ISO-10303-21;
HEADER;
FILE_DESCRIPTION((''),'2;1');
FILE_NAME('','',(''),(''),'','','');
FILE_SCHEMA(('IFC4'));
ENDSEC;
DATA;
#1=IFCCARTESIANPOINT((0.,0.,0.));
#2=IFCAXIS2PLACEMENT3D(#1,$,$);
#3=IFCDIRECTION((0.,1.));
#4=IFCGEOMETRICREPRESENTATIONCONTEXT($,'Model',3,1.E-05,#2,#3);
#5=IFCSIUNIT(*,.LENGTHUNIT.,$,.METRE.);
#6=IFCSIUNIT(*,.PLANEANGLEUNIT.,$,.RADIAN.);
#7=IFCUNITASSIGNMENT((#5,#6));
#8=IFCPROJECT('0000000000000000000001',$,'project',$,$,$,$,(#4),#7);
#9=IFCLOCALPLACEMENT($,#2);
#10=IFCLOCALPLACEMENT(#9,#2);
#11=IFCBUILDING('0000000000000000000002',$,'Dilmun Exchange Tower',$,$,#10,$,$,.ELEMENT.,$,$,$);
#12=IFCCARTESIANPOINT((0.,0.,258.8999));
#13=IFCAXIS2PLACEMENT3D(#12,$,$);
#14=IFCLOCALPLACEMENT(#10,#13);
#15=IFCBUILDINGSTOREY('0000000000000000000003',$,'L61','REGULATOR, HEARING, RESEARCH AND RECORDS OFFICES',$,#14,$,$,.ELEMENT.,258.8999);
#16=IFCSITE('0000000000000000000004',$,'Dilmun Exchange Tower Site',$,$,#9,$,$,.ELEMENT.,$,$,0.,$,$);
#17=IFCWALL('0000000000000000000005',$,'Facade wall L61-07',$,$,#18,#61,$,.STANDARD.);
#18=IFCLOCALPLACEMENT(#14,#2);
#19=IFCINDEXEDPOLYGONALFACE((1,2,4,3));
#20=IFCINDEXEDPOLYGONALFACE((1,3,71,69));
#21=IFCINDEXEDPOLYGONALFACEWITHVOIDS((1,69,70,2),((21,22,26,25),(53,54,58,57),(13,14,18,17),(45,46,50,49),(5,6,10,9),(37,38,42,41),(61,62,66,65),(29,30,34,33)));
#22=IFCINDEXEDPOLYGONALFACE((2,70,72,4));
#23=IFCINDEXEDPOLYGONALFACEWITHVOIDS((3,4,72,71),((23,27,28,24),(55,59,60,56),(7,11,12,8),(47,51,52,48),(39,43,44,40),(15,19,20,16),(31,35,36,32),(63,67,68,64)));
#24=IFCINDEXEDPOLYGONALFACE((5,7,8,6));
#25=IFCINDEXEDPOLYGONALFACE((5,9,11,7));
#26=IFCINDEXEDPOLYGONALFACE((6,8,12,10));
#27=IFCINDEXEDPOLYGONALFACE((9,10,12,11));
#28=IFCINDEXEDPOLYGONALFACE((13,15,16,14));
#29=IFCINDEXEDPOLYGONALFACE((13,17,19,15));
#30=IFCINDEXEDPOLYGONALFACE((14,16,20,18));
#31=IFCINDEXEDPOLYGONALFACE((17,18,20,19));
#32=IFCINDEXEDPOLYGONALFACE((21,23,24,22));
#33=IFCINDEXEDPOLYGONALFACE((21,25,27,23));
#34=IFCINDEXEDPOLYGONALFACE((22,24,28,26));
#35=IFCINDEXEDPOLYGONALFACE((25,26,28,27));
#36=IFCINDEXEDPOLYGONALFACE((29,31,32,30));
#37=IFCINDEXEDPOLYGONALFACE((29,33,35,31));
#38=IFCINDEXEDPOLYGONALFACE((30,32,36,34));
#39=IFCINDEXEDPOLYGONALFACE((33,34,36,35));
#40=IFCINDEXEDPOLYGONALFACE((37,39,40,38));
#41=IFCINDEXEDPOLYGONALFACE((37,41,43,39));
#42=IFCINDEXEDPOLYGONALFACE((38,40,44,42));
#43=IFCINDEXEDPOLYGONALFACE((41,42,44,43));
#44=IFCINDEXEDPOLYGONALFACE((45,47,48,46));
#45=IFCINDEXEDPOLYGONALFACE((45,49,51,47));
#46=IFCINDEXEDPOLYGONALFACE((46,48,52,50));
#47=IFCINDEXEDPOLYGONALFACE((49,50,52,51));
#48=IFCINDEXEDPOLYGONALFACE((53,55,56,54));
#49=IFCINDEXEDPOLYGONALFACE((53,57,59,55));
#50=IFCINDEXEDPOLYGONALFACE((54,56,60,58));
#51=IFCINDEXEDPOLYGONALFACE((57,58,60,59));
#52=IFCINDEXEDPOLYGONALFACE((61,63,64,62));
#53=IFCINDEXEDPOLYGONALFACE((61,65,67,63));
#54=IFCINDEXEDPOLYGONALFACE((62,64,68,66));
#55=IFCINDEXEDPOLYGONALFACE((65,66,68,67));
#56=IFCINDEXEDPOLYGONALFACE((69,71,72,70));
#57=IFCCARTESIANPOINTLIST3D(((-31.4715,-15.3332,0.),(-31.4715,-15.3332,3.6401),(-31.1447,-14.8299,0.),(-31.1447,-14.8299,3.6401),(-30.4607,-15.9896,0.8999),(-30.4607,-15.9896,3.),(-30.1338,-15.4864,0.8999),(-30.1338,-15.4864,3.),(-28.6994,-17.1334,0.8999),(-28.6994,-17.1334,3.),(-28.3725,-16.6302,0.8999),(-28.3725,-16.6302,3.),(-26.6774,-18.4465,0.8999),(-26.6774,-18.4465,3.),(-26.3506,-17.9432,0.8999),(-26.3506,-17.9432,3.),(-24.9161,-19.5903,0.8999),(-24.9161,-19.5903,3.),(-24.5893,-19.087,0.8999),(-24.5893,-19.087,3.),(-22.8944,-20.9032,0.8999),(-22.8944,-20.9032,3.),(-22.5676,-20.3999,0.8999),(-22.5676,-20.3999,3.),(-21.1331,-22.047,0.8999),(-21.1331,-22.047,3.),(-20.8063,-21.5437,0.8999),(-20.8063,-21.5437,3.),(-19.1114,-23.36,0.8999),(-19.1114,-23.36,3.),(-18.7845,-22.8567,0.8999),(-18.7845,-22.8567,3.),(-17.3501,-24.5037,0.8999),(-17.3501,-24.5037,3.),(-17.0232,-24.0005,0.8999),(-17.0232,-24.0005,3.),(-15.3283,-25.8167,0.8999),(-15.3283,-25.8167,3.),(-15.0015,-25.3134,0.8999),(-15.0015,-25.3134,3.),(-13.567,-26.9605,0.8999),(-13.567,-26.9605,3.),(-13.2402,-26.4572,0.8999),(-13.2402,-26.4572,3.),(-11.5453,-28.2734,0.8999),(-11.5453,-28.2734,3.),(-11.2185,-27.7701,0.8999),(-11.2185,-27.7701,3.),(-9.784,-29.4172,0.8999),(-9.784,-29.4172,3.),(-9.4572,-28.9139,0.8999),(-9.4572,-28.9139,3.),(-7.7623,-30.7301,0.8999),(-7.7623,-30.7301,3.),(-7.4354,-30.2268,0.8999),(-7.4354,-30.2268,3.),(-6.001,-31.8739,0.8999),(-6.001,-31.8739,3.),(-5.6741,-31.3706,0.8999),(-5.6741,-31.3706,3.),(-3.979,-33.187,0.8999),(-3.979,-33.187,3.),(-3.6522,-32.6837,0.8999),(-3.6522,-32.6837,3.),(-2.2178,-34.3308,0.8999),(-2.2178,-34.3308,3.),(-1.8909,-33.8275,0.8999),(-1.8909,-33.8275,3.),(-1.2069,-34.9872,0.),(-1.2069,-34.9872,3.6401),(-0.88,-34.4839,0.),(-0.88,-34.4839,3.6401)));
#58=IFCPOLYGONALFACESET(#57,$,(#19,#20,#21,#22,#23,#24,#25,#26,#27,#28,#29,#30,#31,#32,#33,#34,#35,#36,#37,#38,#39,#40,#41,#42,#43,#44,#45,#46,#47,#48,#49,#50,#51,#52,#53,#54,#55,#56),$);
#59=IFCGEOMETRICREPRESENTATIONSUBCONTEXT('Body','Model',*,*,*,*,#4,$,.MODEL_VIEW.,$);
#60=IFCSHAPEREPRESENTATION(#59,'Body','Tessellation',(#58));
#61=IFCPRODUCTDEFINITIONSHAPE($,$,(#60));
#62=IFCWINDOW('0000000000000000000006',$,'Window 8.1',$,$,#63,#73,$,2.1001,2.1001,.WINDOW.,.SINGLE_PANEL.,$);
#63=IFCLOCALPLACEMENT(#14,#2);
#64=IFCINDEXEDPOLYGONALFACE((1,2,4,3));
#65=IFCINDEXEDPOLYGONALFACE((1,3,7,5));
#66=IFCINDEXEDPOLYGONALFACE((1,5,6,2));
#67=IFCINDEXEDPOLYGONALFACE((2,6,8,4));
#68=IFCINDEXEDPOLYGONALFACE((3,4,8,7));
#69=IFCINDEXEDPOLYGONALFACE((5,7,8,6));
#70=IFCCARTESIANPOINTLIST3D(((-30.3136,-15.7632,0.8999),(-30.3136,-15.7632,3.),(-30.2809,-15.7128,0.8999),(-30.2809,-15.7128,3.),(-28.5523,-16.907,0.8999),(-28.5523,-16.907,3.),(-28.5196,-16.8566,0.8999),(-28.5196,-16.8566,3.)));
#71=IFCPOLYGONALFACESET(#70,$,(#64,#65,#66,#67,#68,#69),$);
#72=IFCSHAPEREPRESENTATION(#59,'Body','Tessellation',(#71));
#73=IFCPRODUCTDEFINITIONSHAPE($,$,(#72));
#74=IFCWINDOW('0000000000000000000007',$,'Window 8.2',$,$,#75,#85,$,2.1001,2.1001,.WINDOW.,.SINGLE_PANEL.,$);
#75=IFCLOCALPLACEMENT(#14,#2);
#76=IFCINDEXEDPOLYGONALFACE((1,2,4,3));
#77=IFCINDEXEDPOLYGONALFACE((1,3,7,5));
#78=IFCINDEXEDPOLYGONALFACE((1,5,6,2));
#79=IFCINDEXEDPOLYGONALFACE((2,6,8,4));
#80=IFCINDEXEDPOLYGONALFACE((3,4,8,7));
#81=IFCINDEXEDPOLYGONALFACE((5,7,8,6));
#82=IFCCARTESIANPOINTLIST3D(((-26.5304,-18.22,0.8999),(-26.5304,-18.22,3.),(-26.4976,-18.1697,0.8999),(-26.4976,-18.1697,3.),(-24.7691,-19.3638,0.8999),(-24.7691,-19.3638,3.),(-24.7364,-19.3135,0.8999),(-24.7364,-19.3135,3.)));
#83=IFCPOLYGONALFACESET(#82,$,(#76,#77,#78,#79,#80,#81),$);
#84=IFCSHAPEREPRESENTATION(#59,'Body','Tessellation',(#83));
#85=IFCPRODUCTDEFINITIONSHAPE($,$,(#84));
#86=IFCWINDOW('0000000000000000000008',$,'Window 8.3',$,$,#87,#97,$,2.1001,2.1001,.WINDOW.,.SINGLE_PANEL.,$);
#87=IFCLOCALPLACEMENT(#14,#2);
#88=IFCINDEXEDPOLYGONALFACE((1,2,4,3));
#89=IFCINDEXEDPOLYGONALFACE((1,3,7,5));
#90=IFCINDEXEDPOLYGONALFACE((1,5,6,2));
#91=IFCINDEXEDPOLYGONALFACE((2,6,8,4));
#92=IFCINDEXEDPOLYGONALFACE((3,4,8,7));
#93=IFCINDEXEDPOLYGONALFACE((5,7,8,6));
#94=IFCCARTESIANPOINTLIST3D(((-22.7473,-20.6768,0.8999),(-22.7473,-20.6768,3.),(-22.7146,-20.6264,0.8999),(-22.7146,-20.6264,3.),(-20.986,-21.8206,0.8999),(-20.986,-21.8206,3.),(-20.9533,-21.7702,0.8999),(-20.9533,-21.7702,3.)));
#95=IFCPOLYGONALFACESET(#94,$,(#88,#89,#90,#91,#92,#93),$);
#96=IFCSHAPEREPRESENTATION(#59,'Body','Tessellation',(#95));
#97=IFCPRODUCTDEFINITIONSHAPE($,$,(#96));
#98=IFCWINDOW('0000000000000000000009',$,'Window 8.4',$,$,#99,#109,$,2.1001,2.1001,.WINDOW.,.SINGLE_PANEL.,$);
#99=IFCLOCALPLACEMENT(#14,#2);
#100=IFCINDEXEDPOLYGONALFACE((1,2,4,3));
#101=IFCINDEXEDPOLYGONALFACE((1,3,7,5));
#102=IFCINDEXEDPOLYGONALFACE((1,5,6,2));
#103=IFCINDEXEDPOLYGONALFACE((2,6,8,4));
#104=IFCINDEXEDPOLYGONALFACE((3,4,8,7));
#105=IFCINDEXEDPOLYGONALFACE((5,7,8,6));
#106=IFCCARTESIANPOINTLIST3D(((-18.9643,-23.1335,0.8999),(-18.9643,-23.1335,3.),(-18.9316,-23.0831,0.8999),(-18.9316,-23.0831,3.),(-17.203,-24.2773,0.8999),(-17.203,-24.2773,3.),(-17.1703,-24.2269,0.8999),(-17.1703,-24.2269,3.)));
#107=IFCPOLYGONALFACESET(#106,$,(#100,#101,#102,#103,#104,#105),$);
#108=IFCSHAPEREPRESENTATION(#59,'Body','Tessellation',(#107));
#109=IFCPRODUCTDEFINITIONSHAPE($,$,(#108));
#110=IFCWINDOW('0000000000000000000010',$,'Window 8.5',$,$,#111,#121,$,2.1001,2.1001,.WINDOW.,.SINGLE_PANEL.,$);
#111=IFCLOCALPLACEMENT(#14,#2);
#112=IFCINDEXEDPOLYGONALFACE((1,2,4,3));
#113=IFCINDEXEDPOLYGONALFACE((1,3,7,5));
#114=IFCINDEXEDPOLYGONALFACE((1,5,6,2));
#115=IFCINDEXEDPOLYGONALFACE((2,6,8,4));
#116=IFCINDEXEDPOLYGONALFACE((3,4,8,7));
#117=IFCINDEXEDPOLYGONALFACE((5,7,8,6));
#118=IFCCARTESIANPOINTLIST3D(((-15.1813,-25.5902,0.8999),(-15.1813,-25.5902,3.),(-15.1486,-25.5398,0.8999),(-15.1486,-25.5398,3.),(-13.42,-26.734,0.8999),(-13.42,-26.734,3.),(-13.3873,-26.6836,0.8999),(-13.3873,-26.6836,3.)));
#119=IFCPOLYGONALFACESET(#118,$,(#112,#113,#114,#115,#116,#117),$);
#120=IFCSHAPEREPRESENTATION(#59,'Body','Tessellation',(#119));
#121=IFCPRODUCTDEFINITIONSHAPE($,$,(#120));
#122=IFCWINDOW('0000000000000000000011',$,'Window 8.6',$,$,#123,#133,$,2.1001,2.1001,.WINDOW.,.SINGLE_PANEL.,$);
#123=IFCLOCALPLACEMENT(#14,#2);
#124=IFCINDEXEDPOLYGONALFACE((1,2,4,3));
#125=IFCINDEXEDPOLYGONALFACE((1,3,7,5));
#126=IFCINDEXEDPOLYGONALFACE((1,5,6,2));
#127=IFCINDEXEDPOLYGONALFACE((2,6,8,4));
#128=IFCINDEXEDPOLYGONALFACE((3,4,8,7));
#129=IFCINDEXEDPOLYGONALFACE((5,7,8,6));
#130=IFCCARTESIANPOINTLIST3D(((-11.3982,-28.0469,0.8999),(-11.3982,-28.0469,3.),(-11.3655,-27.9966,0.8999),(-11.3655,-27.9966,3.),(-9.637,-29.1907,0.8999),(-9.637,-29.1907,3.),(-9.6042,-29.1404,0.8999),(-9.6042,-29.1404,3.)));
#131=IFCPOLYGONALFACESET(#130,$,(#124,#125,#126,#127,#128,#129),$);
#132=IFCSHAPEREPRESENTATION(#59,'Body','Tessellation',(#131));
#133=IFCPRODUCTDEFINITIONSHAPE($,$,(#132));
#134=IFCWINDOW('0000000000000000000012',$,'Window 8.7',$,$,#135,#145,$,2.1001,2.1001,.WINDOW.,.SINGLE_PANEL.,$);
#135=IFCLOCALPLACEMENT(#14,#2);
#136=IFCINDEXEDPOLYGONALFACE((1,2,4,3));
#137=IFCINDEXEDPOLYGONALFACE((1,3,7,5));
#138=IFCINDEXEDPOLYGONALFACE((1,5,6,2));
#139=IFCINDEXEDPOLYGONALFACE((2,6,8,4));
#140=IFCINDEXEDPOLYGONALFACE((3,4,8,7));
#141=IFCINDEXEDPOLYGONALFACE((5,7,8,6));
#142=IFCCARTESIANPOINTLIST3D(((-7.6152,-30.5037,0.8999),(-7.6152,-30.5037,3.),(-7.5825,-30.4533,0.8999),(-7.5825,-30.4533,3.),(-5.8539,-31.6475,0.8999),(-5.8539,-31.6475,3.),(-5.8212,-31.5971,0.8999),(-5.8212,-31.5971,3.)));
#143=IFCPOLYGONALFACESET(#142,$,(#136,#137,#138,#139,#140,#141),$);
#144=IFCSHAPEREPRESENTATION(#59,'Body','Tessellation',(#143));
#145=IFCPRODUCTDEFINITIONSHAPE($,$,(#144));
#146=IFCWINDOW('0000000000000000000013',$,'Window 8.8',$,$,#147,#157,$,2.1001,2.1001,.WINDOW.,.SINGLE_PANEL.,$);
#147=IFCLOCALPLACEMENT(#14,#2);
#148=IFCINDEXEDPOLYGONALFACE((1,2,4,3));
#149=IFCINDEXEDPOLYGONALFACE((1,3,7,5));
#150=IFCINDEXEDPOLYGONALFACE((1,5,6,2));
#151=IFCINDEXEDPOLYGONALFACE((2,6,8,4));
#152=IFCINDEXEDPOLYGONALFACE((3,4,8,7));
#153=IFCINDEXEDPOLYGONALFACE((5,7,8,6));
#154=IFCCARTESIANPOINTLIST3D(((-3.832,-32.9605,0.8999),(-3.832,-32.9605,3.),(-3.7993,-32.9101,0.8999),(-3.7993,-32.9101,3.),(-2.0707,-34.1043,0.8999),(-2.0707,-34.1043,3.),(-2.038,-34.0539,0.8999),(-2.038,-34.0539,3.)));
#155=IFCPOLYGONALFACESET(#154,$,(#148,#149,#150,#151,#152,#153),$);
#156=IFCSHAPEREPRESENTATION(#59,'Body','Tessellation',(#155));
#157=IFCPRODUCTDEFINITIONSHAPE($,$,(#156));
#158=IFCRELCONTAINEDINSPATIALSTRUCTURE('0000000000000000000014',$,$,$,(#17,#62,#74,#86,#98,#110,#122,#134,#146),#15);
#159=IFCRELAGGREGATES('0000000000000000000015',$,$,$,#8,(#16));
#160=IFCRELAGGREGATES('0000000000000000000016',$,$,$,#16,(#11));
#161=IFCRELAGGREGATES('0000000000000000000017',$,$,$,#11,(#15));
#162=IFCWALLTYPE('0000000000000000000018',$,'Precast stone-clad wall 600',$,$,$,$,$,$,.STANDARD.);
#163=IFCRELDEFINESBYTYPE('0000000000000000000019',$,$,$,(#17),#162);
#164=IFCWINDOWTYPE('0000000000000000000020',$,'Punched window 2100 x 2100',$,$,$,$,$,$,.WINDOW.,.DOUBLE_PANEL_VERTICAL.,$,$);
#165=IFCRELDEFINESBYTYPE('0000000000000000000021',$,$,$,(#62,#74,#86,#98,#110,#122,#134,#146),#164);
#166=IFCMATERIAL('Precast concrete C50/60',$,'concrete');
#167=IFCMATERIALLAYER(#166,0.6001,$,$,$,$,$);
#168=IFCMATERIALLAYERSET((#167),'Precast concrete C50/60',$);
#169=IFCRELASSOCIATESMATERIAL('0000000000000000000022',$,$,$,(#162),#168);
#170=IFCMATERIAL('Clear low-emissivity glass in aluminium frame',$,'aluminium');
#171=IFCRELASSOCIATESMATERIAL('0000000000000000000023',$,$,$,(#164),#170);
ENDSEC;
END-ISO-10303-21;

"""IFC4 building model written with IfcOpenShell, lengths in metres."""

from ifc_helpers import new_model, si_unit, direction, frame, frame_2d, origin, place, context, subcontext, project, spatial, rectangle, extrude, material, layer, layer_set, type_object, element, fill, save


model = new_model("IFC4")

# Units and contexts
model_context = context("Model", 3, precision=1e-05, world=origin(), true_north=direction((0.0, 1.0)))
body_context = subcontext(model_context, "Body", "Model", "MODEL_VIEW")
ifc_project = project(units=[si_unit("LENGTHUNIT", "METRE"), si_unit("PLANEANGLEUNIT", "RADIAN")], contexts=[model_context])

# Site, building, storey
site_placement = place(None, origin())
site = spatial("IfcSite", under=ifc_project, at=site_placement, Name="Dilmun Exchange Tower Site", CompositionType="ELEMENT", RefElevation=0.0)
building_placement = place(site_placement, origin())
building = spatial("IfcBuilding", under=site, at=building_placement, Name="Dilmun Exchange Tower", CompositionType="ELEMENT")
storey_placement = place(building_placement, frame((0.0, 0.0, 258.8999)))
storey = spatial("IfcBuildingStorey", under=building, at=storey_placement, Name="L61", Description="REGULATOR, HEARING, RESEARCH AND RECORDS OFFICES", CompositionType="ELEMENT", Elevation=258.8999)

# Shared definitions
ifc_material_1 = material(Name="Precast concrete C50/60", Category="concrete")
ifc_layer_1 = layer(ifc_material_1, 0.6001)
ifc_layer_set_1 = layer_set([ifc_layer_1], Name="Precast concrete C50/60")
wall_type_1 = type_object("IfcWallType", Name="Precast stone-clad wall 600", PredefinedType="STANDARD", material=ifc_layer_set_1)
ifc_material_2 = material(Name="Clear low-emissivity glass in aluminium frame", Category="aluminium")

# Wall, openings, windows
wall_1_placement = place(storey_placement, frame((-31.3081, -15.0815, 0.0), z_axis=(0.0, 0.0, 1.0), x_axis=(0.838671, -0.544638, 0.0)))
wall_1 = element("IfcWall", 1, at=wall_1_placement, inside=storey, type_object=wall_type_1, Name="Facade wall L61-07", PredefinedType="STANDARD", context=body_context, shape_type="SweptSolid", body=[
    extrude(rectangle(XDim=36.0864, YDim=0.6001, at=frame_2d((18.0432, 0.0))), origin(), (0.0, 0.0, 1.0), 3.6401),
])
opening_1_placement = place(wall_1_placement, frame((1.2053, 0.0, 0.8999)))
opening_1 = element("IfcOpeningElement", 2, at=opening_1_placement, cuts=wall_1, PredefinedType="OPENING", context=body_context, shape_type="SweptSolid", body=[
    extrude(rectangle(XDim=2.1001, YDim=2.1001, at=frame_2d((1.05, 1.05))), frame((0.0, 0.3101, 0.0), z_axis=(0.0, -1.0, 0.0), x_axis=(1.0, 0.0, 0.0)), (0.0, 0.0, 1.0), 0.6201),
])
opening_2_placement = place(wall_1_placement, frame((5.7163, 0.0, 0.8999)))
opening_2 = element("IfcOpeningElement", 3, at=opening_2_placement, cuts=wall_1, PredefinedType="OPENING", context=body_context, shape_type="SweptSolid", body=[
    extrude(rectangle(XDim=2.1001, YDim=2.1001, at=frame_2d((1.05, 1.05))), frame((0.0, 0.3101, 0.0), z_axis=(0.0, -1.0, 0.0), x_axis=(1.0, 0.0, 0.0)), (0.0, 0.0, 1.0), 0.6201),
])
opening_3_placement = place(wall_1_placement, frame((10.2271, 0.0, 0.8999)))
opening_3 = element("IfcOpeningElement", 4, at=opening_3_placement, cuts=wall_1, PredefinedType="OPENING", context=body_context, shape_type="SweptSolid", body=[
    extrude(rectangle(XDim=2.1001, YDim=2.1001, at=frame_2d((1.05, 1.05))), frame((0.0, 0.3101, 0.0), z_axis=(0.0, -1.0, 0.0), x_axis=(1.0, 0.0, 0.0)), (0.0, 0.0, 1.0), 0.6201),
])
opening_4_placement = place(wall_1_placement, frame((14.7378, 0.0, 0.8999)))
opening_4 = element("IfcOpeningElement", 5, at=opening_4_placement, cuts=wall_1, PredefinedType="OPENING", context=body_context, shape_type="SweptSolid", body=[
    extrude(rectangle(XDim=2.1001, YDim=2.1001, at=frame_2d((1.05, 1.05))), frame((0.0, 0.3101, 0.0), z_axis=(0.0, -1.0, 0.0), x_axis=(1.0, 0.0, 0.0)), (0.0, 0.0, 1.0), 0.6201),
])
opening_5_placement = place(wall_1_placement, frame((19.2485, 0.0, 0.8999)))
opening_5 = element("IfcOpeningElement", 6, at=opening_5_placement, cuts=wall_1, PredefinedType="OPENING", context=body_context, shape_type="SweptSolid", body=[
    extrude(rectangle(XDim=2.1001, YDim=2.1001, at=frame_2d((1.05, 1.05))), frame((0.0, 0.3101, 0.0), z_axis=(0.0, -1.0, 0.0), x_axis=(1.0, 0.0, 0.0)), (0.0, 0.0, 1.0), 0.6201),
])
opening_6_placement = place(wall_1_placement, frame((23.7593, 0.0, 0.8999)))
opening_6 = element("IfcOpeningElement", 7, at=opening_6_placement, cuts=wall_1, PredefinedType="OPENING", context=body_context, shape_type="SweptSolid", body=[
    extrude(rectangle(XDim=2.1001, YDim=2.1001, at=frame_2d((1.05, 1.05))), frame((0.0, 0.3101, 0.0), z_axis=(0.0, -1.0, 0.0), x_axis=(1.0, 0.0, 0.0)), (0.0, 0.0, 1.0), 0.6201),
])
opening_7_placement = place(wall_1_placement, frame((28.27, 0.0, 0.8999)))
opening_7 = element("IfcOpeningElement", 8, at=opening_7_placement, cuts=wall_1, PredefinedType="OPENING", context=body_context, shape_type="SweptSolid", body=[
    extrude(rectangle(XDim=2.1001, YDim=2.1001, at=frame_2d((1.05, 1.05))), frame((0.0, 0.3101, 0.0), z_axis=(0.0, -1.0, 0.0), x_axis=(1.0, 0.0, 0.0)), (0.0, 0.0, 1.0), 0.6201),
])
opening_8_placement = place(wall_1_placement, frame((32.781, 0.0, 0.8999)))
opening_8 = element("IfcOpeningElement", 9, at=opening_8_placement, cuts=wall_1, PredefinedType="OPENING", context=body_context, shape_type="SweptSolid", body=[
    extrude(rectangle(XDim=2.1001, YDim=2.1001, at=frame_2d((1.05, 1.05))), frame((0.0, 0.3101, 0.0), z_axis=(0.0, -1.0, 0.0), x_axis=(1.0, 0.0, 0.0)), (0.0, 0.0, 1.0), 0.6201),
])
window_type_1 = type_object("IfcWindowType", Name="Punched window 2100 x 2100", PartitioningType="DOUBLE_PANEL_VERTICAL", PredefinedType="WINDOW", material=ifc_material_2)
window_1_placement = place(opening_1_placement, origin())
window_1 = element("IfcWindow", 10, at=window_1_placement, inside=storey, type_object=window_type_1, Name="Window 8.1", OverallHeight=2.1001, OverallWidth=2.1001, PartitioningType="SINGLE_PANEL", PredefinedType="WINDOW", context=body_context, shape_type="SweptSolid", body=[
    extrude(rectangle(XDim=2.1001, YDim=2.1001, at=frame_2d((1.05, 1.05))), frame((0.0, 0.03, 0.0), z_axis=(0.0, -1.0, 0.0), x_axis=(1.0, 0.0, 0.0)), (0.0, 0.0, 1.0), 0.0601),
])
fill(opening_1, window_1)
window_2_placement = place(opening_2_placement, origin())
window_2 = element("IfcWindow", 11, at=window_2_placement, inside=storey, type_object=window_type_1, Name="Window 8.2", OverallHeight=2.1001, OverallWidth=2.1001, PartitioningType="SINGLE_PANEL", PredefinedType="WINDOW", context=body_context, shape_type="SweptSolid", body=[
    extrude(rectangle(XDim=2.1001, YDim=2.1001, at=frame_2d((1.05, 1.05))), frame((0.0, 0.03, 0.0), z_axis=(0.0, -1.0, 0.0), x_axis=(1.0, 0.0, 0.0)), (0.0, 0.0, 1.0), 0.0601),
])
fill(opening_2, window_2)
window_3_placement = place(opening_3_placement, origin())
window_3 = element("IfcWindow", 12, at=window_3_placement, inside=storey, type_object=window_type_1, Name="Window 8.3", OverallHeight=2.1001, OverallWidth=2.1001, PartitioningType="SINGLE_PANEL", PredefinedType="WINDOW", context=body_context, shape_type="SweptSolid", body=[
    extrude(rectangle(XDim=2.1001, YDim=2.1001, at=frame_2d((1.05, 1.05))), frame((0.0, 0.03, 0.0), z_axis=(0.0, -1.0, 0.0), x_axis=(1.0, 0.0, 0.0)), (0.0, 0.0, 1.0), 0.0601),
])
fill(opening_3, window_3)
window_4_placement = place(opening_4_placement, origin())
window_4 = element("IfcWindow", 13, at=window_4_placement, inside=storey, type_object=window_type_1, Name="Window 8.4", OverallHeight=2.1001, OverallWidth=2.1001, PartitioningType="SINGLE_PANEL", PredefinedType="WINDOW", context=body_context, shape_type="SweptSolid", body=[
    extrude(rectangle(XDim=2.1001, YDim=2.1001, at=frame_2d((1.05, 1.05))), frame((0.0, 0.03, 0.0), z_axis=(0.0, -1.0, 0.0), x_axis=(1.0, 0.0, 0.0)), (0.0, 0.0, 1.0), 0.0601),
])
fill(opening_4, window_4)
window_5_placement = place(opening_5_placement, origin())
window_5 = element("IfcWindow", 14, at=window_5_placement, inside=storey, type_object=window_type_1, Name="Window 8.5", OverallHeight=2.1001, OverallWidth=2.1001, PartitioningType="SINGLE_PANEL", PredefinedType="WINDOW", context=body_context, shape_type="SweptSolid", body=[
    extrude(rectangle(XDim=2.1001, YDim=2.1001, at=frame_2d((1.05, 1.05))), frame((0.0, 0.03, 0.0), z_axis=(0.0, -1.0, 0.0), x_axis=(1.0, 0.0, 0.0)), (0.0, 0.0, 1.0), 0.0601),
])
fill(opening_5, window_5)
window_6_placement = place(opening_6_placement, origin())
window_6 = element("IfcWindow", 15, at=window_6_placement, inside=storey, type_object=window_type_1, Name="Window 8.6", OverallHeight=2.1001, OverallWidth=2.1001, PartitioningType="SINGLE_PANEL", PredefinedType="WINDOW", context=body_context, shape_type="SweptSolid", body=[
    extrude(rectangle(XDim=2.1001, YDim=2.1001, at=frame_2d((1.05, 1.05))), frame((0.0, 0.03, 0.0), z_axis=(0.0, -1.0, 0.0), x_axis=(1.0, 0.0, 0.0)), (0.0, 0.0, 1.0), 0.0601),
])
fill(opening_6, window_6)
window_7_placement = place(opening_7_placement, origin())
window_7 = element("IfcWindow", 16, at=window_7_placement, inside=storey, type_object=window_type_1, Name="Window 8.7", OverallHeight=2.1001, OverallWidth=2.1001, PartitioningType="SINGLE_PANEL", PredefinedType="WINDOW", context=body_context, shape_type="SweptSolid", body=[
    extrude(rectangle(XDim=2.1001, YDim=2.1001, at=frame_2d((1.05, 1.05))), frame((0.0, 0.03, 0.0), z_axis=(0.0, -1.0, 0.0), x_axis=(1.0, 0.0, 0.0)), (0.0, 0.0, 1.0), 0.0601),
])
fill(opening_7, window_7)
window_8_placement = place(opening_8_placement, origin())
window_8 = element("IfcWindow", 17, at=window_8_placement, inside=storey, type_object=window_type_1, Name="Window 8.8", OverallHeight=2.1001, OverallWidth=2.1001, PartitioningType="SINGLE_PANEL", PredefinedType="WINDOW", context=body_context, shape_type="SweptSolid", body=[
    extrude(rectangle(XDim=2.1001, YDim=2.1001, at=frame_2d((1.05, 1.05))), frame((0.0, 0.03, 0.0), z_axis=(0.0, -1.0, 0.0), x_axis=(1.0, 0.0, 0.0)), (0.0, 0.0, 1.0), 0.0601),
])
fill(opening_8, window_8)

save(model, "model.ifc")
